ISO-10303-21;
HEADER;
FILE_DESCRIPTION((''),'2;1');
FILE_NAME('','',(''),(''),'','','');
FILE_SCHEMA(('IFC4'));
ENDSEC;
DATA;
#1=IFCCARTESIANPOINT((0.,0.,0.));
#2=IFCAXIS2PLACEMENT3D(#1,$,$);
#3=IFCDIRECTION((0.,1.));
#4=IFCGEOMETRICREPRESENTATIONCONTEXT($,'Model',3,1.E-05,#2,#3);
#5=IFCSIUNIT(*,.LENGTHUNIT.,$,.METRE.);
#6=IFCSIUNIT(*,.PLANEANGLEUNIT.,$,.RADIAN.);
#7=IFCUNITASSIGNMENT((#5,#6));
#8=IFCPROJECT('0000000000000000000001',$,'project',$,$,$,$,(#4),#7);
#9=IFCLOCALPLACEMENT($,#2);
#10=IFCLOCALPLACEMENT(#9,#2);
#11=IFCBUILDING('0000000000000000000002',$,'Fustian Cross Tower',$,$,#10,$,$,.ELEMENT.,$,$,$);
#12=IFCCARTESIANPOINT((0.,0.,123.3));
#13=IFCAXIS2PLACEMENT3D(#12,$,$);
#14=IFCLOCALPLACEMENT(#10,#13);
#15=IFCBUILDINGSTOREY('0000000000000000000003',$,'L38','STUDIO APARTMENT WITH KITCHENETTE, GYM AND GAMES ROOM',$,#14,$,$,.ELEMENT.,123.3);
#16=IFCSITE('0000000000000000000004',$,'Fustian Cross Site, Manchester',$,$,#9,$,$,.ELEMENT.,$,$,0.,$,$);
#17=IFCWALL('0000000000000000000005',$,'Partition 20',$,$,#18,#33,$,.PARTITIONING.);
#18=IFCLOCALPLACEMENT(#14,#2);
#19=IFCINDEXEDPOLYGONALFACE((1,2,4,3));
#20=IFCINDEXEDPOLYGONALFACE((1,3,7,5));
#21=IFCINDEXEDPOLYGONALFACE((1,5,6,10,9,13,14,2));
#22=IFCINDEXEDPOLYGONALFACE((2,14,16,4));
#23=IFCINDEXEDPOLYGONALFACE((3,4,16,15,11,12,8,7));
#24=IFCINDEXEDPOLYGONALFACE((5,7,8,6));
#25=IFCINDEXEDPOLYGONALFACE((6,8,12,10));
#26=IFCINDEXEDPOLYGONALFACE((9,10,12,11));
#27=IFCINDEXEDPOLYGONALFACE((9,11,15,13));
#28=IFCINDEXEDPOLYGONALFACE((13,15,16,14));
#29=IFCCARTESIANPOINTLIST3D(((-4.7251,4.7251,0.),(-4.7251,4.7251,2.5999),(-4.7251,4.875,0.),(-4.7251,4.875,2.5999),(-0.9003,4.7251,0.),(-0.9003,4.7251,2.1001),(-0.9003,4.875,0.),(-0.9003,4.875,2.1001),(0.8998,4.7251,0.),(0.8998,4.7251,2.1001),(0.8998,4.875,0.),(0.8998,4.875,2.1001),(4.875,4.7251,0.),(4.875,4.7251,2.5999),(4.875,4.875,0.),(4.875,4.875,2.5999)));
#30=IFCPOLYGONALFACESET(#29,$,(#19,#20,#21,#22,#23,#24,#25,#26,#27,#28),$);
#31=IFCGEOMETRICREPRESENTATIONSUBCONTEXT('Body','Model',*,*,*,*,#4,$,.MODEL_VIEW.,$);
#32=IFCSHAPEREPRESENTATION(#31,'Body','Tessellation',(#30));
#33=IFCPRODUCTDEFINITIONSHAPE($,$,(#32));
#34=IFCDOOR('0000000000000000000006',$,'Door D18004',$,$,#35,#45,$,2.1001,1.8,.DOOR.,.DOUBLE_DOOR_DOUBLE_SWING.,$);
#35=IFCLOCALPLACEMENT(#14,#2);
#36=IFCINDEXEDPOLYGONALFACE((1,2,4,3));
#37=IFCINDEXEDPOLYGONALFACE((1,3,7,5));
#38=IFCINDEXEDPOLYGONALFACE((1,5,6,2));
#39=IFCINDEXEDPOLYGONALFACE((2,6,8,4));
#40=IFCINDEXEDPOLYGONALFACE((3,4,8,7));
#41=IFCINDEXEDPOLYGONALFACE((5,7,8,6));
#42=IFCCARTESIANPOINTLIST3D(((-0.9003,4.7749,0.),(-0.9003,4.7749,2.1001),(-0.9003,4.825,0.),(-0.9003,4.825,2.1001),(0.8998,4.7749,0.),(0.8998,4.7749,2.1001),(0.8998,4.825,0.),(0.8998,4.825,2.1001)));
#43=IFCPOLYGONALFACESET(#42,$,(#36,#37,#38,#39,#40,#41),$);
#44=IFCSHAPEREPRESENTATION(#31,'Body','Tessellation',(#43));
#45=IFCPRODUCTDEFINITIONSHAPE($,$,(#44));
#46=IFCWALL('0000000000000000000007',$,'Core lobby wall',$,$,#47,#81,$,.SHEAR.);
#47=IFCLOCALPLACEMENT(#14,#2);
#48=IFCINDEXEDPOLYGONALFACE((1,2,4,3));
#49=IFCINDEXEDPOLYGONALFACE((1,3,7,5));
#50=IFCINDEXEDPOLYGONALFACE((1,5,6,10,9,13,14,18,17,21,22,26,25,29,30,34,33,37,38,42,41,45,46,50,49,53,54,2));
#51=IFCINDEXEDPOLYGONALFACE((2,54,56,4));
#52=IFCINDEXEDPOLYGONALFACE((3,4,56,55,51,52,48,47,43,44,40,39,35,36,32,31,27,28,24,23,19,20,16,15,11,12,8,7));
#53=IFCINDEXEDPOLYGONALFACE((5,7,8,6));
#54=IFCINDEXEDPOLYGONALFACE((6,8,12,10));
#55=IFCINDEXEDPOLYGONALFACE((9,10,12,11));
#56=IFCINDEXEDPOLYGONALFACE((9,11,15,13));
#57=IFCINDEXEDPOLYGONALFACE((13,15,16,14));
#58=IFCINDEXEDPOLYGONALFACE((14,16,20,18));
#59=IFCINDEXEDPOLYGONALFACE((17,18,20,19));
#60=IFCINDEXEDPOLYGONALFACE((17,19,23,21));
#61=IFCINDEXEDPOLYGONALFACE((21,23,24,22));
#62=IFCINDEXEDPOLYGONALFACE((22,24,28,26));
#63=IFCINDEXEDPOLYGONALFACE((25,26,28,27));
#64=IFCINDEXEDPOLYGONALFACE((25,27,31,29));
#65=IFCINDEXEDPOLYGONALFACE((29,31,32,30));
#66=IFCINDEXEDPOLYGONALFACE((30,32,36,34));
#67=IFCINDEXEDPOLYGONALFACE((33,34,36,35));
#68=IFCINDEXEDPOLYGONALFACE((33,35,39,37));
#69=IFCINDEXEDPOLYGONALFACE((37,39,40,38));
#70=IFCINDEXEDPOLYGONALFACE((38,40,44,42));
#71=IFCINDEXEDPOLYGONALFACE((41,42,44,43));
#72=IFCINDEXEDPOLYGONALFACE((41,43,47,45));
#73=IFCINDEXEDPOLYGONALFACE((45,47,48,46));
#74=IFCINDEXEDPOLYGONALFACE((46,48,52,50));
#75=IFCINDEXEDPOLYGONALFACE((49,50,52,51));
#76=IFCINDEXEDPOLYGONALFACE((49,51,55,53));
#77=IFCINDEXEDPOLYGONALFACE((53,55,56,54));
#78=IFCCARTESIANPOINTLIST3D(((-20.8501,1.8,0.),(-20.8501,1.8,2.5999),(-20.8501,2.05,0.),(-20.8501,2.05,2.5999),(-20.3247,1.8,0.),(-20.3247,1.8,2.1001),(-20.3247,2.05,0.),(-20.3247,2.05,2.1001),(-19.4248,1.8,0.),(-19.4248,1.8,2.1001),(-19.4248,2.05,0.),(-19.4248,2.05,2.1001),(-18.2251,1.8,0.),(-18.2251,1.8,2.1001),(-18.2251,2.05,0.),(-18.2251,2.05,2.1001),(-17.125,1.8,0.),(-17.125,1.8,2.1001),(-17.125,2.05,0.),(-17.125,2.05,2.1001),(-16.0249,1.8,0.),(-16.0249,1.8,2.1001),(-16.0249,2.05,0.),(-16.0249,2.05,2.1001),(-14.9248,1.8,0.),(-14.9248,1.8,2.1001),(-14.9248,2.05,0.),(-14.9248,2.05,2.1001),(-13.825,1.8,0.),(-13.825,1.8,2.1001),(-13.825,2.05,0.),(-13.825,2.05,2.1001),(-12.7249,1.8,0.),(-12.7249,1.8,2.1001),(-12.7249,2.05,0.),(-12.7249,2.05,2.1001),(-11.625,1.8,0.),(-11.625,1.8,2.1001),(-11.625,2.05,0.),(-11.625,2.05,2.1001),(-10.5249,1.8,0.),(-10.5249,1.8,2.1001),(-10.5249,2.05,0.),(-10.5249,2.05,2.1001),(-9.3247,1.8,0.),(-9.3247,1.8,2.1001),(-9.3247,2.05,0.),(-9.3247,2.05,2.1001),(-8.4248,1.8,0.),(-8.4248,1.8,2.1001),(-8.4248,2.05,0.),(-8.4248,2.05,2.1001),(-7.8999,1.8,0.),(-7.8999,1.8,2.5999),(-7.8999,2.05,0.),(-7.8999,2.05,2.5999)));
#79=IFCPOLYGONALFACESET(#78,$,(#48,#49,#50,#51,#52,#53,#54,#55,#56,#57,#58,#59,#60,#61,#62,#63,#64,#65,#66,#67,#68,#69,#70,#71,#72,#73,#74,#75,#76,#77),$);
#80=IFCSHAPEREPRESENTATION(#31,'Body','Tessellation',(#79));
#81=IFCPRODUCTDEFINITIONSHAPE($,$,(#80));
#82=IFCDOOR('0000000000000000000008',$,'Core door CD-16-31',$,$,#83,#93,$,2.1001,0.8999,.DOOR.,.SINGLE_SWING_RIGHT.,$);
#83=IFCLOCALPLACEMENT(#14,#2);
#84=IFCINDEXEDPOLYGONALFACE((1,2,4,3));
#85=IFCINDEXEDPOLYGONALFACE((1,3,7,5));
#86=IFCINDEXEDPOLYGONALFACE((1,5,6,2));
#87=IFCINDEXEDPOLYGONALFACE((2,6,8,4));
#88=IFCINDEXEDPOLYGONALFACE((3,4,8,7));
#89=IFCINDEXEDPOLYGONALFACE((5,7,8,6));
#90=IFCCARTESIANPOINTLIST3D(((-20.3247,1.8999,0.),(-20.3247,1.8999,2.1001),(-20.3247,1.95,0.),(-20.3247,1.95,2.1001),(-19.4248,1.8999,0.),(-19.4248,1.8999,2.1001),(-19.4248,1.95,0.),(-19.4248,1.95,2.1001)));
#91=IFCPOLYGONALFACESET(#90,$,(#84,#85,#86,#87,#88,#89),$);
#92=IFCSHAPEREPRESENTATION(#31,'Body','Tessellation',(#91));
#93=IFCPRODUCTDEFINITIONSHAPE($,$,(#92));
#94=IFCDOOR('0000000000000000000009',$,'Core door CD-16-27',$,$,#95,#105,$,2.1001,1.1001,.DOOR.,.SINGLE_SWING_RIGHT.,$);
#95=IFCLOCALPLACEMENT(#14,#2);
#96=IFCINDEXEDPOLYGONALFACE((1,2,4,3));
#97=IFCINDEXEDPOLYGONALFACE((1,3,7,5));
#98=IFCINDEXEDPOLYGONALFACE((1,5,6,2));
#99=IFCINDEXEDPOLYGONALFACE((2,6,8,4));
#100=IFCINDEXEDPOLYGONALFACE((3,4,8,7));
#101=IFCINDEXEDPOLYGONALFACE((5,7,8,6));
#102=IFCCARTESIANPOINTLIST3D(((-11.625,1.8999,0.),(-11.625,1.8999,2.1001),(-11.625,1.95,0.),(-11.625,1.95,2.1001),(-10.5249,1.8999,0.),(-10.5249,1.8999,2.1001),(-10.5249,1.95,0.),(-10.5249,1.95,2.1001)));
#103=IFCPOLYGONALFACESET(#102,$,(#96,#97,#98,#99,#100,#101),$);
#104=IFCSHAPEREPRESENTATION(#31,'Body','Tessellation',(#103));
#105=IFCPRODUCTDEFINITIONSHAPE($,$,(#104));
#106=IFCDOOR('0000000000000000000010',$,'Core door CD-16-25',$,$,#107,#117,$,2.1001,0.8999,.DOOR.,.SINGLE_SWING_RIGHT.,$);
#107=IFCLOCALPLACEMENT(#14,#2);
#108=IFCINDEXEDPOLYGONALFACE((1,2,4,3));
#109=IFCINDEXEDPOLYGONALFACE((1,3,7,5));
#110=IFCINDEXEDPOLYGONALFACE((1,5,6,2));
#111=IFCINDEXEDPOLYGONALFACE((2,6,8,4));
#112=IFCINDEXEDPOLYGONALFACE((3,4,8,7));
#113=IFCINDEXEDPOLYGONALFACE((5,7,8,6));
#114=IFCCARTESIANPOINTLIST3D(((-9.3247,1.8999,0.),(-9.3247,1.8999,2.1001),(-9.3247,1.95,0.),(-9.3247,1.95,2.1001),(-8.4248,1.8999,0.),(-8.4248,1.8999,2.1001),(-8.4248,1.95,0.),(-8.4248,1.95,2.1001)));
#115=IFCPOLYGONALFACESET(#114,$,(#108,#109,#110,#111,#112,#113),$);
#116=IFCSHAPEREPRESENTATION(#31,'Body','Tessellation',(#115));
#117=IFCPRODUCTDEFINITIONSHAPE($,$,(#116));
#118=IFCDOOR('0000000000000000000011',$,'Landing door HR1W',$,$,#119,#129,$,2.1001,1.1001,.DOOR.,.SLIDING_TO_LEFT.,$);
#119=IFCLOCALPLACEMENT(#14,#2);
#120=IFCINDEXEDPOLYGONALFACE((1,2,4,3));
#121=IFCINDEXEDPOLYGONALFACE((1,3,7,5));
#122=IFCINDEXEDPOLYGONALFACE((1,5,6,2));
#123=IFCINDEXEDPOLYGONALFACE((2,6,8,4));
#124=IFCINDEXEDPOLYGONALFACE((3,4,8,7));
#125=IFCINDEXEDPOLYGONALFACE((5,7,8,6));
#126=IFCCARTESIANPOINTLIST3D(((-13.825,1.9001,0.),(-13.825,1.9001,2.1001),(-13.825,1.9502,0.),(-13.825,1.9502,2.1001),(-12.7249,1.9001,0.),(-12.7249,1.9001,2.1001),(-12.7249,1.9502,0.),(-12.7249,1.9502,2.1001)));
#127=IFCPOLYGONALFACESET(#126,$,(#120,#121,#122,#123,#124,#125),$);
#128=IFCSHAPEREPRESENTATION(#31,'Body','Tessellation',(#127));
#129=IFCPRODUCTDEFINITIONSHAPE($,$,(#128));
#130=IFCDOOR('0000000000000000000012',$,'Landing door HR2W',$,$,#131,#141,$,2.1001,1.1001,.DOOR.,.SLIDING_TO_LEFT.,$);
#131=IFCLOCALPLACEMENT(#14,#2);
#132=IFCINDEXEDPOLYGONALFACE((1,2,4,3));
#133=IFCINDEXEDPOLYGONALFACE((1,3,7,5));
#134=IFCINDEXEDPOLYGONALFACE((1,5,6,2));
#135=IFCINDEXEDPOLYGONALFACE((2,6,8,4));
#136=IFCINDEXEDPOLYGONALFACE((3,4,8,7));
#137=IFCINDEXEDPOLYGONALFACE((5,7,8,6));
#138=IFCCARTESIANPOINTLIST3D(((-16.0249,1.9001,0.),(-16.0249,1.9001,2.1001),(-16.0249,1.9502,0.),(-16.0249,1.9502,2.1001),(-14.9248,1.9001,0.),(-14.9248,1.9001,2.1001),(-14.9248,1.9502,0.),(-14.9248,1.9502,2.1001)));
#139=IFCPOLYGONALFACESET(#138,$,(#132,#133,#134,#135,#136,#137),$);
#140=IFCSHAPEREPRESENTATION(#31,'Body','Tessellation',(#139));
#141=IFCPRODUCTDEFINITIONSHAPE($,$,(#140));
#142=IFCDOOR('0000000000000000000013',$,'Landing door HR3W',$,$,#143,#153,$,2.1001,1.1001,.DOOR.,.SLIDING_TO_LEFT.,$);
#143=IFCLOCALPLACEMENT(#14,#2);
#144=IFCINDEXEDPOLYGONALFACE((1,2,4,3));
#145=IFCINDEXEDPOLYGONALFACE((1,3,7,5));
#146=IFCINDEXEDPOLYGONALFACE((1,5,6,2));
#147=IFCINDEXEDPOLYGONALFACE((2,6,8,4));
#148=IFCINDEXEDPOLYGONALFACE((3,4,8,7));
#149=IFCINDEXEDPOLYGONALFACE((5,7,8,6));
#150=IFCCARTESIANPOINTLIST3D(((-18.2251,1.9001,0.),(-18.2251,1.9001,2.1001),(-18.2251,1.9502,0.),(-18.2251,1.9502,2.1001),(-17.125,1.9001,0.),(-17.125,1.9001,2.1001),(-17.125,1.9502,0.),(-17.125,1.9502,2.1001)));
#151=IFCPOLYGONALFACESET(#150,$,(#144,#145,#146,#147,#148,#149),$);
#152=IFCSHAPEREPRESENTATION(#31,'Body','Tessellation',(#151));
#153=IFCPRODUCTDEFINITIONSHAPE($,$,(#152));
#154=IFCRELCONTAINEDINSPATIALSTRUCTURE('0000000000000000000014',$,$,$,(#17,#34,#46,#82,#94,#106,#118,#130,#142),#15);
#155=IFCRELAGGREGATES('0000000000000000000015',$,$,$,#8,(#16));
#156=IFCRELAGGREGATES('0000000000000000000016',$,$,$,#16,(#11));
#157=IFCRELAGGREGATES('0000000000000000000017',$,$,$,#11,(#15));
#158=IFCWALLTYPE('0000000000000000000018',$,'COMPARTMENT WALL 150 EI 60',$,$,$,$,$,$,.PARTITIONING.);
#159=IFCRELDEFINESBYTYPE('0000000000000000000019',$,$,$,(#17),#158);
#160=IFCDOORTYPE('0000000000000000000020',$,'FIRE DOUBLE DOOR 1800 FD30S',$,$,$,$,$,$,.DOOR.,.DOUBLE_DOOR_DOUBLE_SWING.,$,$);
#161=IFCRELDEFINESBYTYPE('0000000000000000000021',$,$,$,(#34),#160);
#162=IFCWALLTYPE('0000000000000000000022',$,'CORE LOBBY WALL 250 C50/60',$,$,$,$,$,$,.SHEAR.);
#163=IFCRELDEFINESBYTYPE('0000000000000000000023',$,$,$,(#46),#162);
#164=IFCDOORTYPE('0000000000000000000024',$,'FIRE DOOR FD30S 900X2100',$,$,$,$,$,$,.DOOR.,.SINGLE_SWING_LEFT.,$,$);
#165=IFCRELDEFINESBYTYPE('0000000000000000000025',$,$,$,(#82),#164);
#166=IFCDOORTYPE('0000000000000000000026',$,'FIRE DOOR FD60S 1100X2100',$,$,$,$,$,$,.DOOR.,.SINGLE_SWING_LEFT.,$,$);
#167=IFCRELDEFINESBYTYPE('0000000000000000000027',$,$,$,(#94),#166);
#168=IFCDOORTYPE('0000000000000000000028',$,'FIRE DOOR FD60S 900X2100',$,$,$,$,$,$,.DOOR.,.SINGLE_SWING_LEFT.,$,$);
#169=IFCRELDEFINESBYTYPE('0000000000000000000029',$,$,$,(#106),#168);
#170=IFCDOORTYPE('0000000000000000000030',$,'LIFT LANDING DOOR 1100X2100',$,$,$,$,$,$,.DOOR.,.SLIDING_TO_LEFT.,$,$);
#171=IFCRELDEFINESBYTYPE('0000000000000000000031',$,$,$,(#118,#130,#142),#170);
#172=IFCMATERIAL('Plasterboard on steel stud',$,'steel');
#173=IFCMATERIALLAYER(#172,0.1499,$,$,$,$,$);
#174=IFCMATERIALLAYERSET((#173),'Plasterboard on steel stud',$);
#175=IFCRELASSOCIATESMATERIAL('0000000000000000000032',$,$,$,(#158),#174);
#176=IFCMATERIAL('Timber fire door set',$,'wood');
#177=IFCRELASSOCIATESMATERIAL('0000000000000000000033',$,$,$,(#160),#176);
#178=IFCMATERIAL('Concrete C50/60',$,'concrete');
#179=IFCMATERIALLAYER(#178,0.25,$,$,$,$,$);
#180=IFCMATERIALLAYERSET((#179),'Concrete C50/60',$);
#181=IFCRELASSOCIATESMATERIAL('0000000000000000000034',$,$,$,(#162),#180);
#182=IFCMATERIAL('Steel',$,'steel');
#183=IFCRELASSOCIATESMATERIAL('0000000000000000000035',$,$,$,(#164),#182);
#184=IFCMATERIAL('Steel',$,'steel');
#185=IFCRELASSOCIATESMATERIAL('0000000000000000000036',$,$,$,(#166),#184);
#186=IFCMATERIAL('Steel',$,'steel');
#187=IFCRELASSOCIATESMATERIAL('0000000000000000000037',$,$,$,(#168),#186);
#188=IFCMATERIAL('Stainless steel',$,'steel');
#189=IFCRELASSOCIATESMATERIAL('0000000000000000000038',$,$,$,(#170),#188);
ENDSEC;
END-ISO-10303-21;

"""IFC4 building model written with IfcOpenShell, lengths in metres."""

from ifc_helpers import new_model, si_unit, direction, frame, frame_2d, origin, place, context, subcontext, project, spatial, rectangle, extrude, material, layer, layer_set, type_object, element, fill, save


model = new_model("IFC4")

# Units and contexts
model_context = context("Model", 3, precision=1e-05, world=origin(), true_north=direction((0.0, 1.0)))
body_context = subcontext(model_context, "Body", "Model", "MODEL_VIEW")
ifc_project = project(units=[si_unit("LENGTHUNIT", "METRE"), si_unit("PLANEANGLEUNIT", "RADIAN")], contexts=[model_context])

# Site, building, storey
site_placement = place(None, origin())
site = spatial("IfcSite", under=ifc_project, at=site_placement, Name="Fustian Cross Site, Manchester", CompositionType="ELEMENT", RefElevation=0.0)
building_placement = place(site_placement, origin())
building = spatial("IfcBuilding", under=site, at=building_placement, Name="Fustian Cross Tower", CompositionType="ELEMENT")
storey_placement = place(building_placement, frame((0.0, 0.0, 123.3)))
storey = spatial("IfcBuildingStorey", under=building, at=storey_placement, Name="L38", Description="STUDIO APARTMENT WITH KITCHENETTE, GYM AND GAMES ROOM", CompositionType="ELEMENT", Elevation=123.3)

# Wall, opening, door
ifc_material_1 = material(Name="Plasterboard on steel stud", Category="steel")
ifc_layer_1 = layer(ifc_material_1, 0.1499)
ifc_layer_set_1 = layer_set([ifc_layer_1], Name="Plasterboard on steel stud")
wall_type_1 = type_object("IfcWallType", Name="COMPARTMENT WALL 150 EI 60", PredefinedType="PARTITIONING", material=ifc_layer_set_1)
wall_1_placement = place(storey_placement, frame((-4.7251, 4.8, 0.0), z_axis=(0.0, 0.0, 1.0), x_axis=(1.0, 0.0, 0.0)))
wall_1 = element("IfcWall", 1, at=wall_1_placement, inside=storey, type_object=wall_type_1, Name="Partition 20", PredefinedType="PARTITIONING", context=body_context, shape_type="SweptSolid", body=[
    extrude(rectangle(XDim=9.6001, YDim=0.1499, at=frame_2d((4.8, 0.0))), origin(), (0.0, 0.0, 1.0), 2.5999),
])
opening_1_placement = place(wall_1_placement, frame((3.825, 0.0, 0.0)))
opening_1 = element("IfcOpeningElement", 2, at=opening_1_placement, cuts=wall_1, PredefinedType="OPENING", context=body_context, shape_type="SweptSolid", body=[
    extrude(rectangle(XDim=1.8, YDim=2.1001, at=frame_2d((0.8999, 1.05))), frame((0.0, 0.085, 0.0), z_axis=(0.0, -1.0, 0.0), x_axis=(1.0, 0.0, 0.0)), (0.0, 0.0, 1.0), 0.1699),
])
ifc_material_2 = material(Name="Timber fire door set", Category="wood")
door_type_1 = type_object("IfcDoorType", Name="FIRE DOUBLE DOOR 1800 FD30S", OperationType="DOUBLE_DOOR_DOUBLE_SWING", PredefinedType="DOOR", material=ifc_material_2)
door_1_placement = place(opening_1_placement, origin())
door_1 = element("IfcDoor", 3, at=door_1_placement, inside=storey, type_object=door_type_1, Name="Door D18004", OperationType="DOUBLE_DOOR_DOUBLE_SWING", OverallHeight=2.1001, OverallWidth=1.8, PredefinedType="DOOR", context=body_context, shape_type="SweptSolid", body=[
    extrude(rectangle(XDim=1.8, YDim=2.1001, at=frame_2d((0.8999, 1.05))), frame((0.0, 0.0249, 0.0), z_axis=(0.0, -1.0, 0.0), x_axis=(1.0, 0.0, 0.0)), (0.0, 0.0, 1.0), 0.05),
])
fill(opening_1, door_1)

# Wall, openings, doors
ifc_material_3 = material(Name="Concrete C50/60", Category="concrete")
ifc_layer_2 = layer(ifc_material_3, 0.25)
ifc_layer_set_2 = layer_set([ifc_layer_2], Name="Concrete C50/60")
wall_type_2 = type_object("IfcWallType", Name="CORE LOBBY WALL 250 C50/60", PredefinedType="SHEAR", material=ifc_layer_set_2)
wall_2_placement = place(storey_placement, frame((-7.8999, 1.925, 0.0), z_axis=(0.0, 0.0, 1.0), x_axis=(-1.0, 0.0, 0.0)))
wall_2 = element("IfcWall", 4, at=wall_2_placement, inside=storey, type_object=wall_type_2, Name="Core lobby wall", PredefinedType="SHEAR", context=body_context, shape_type="SweptSolid", body=[
    extrude(rectangle(XDim=12.9502, YDim=0.25, at=frame_2d((6.4751, 0.0))), origin(), (0.0, 0.0, 1.0), 2.5999),
])
opening_2_placement = place(wall_2_placement, frame((4.825, 0.0, 0.0)))
opening_2 = element("IfcOpeningElement", 5, at=opening_2_placement, cuts=wall_2, PredefinedType="OPENING", context=body_context, shape_type="SweptSolid", body=[
    extrude(rectangle(XDim=1.1001, YDim=2.1001, at=frame_2d((0.55, 1.05))), frame((0.0, 0.135, 0.0), z_axis=(0.0, -1.0, 0.0), x_axis=(1.0, 0.0, 0.0)), (0.0, 0.0, 1.0), 0.27),
])
opening_3_placement = place(wall_2_placement, frame((7.0249, 0.0, 0.0)))
opening_3 = element("IfcOpeningElement", 6, at=opening_3_placement, cuts=wall_2, PredefinedType="OPENING", context=body_context, shape_type="SweptSolid", body=[
    extrude(rectangle(XDim=1.1001, YDim=2.1001, at=frame_2d((0.55, 1.05))), frame((0.0, 0.135, 0.0), z_axis=(0.0, -1.0, 0.0), x_axis=(1.0, 0.0, 0.0)), (0.0, 0.0, 1.0), 0.27),
])
opening_4_placement = place(wall_2_placement, frame((9.2251, 0.0, 0.0)))
opening_4 = element("IfcOpeningElement", 7, at=opening_4_placement, cuts=wall_2, PredefinedType="OPENING", context=body_context, shape_type="SweptSolid", body=[
    extrude(rectangle(XDim=1.1001, YDim=2.1001, at=frame_2d((0.55, 1.05))), frame((0.0, 0.135, 0.0), z_axis=(0.0, -1.0, 0.0), x_axis=(1.0, 0.0, 0.0)), (0.0, 0.0, 1.0), 0.27),
])
opening_5_placement = place(wall_2_placement, frame((0.5249, 0.0, 0.0)))
opening_5 = element("IfcOpeningElement", 8, at=opening_5_placement, cuts=wall_2, PredefinedType="OPENING", context=body_context, shape_type="SweptSolid", body=[
    extrude(rectangle(XDim=0.8999, YDim=2.1001, at=frame_2d((0.45, 1.05))), frame((0.0, 0.135, 0.0), z_axis=(0.0, -1.0, 0.0), x_axis=(1.0, 0.0, 0.0)), (0.0, 0.0, 1.0), 0.27),
])
opening_6_placement = place(wall_2_placement, frame((2.625, 0.0, 0.0)))
opening_6 = element("IfcOpeningElement", 9, at=opening_6_placement, cuts=wall_2, PredefinedType="OPENING", context=body_context, shape_type="SweptSolid", body=[
    extrude(rectangle(XDim=1.1001, YDim=2.1001, at=frame_2d((0.55, 1.05))), frame((0.0, 0.135, 0.0), z_axis=(0.0, -1.0, 0.0), x_axis=(1.0, 0.0, 0.0)), (0.0, 0.0, 1.0), 0.27),
])
opening_7_placement = place(wall_2_placement, frame((11.5249, 0.0, 0.0)))
opening_7 = element("IfcOpeningElement", 10, at=opening_7_placement, cuts=wall_2, PredefinedType="OPENING", context=body_context, shape_type="SweptSolid", body=[
    extrude(rectangle(XDim=0.8999, YDim=2.1001, at=frame_2d((0.45, 1.05))), frame((0.0, 0.135, 0.0), z_axis=(0.0, -1.0, 0.0), x_axis=(1.0, 0.0, 0.0)), (0.0, 0.0, 1.0), 0.27),
])
ifc_material_4 = material(Name="Steel", Category="steel")
door_type_2 = type_object("IfcDoorType", Name="FIRE DOOR FD30S 900X2100", OperationType="SINGLE_SWING_LEFT", PredefinedType="DOOR", material=ifc_material_4)
door_2_placement = place(opening_7_placement, frame((0.8999, 0.0, 0.0), z_axis=(0.0, 0.0, 1.0), x_axis=(-1.0, 0.0, 0.0)))
door_2 = element("IfcDoor", 11, at=door_2_placement, inside=storey, type_object=door_type_2, Name="Core door CD-16-31", OperationType="SINGLE_SWING_RIGHT", OverallHeight=2.1001, OverallWidth=0.8999, PredefinedType="DOOR", context=body_context, shape_type="SweptSolid", body=[
    extrude(rectangle(XDim=0.8999, YDim=2.1001, at=frame_2d((0.45, 1.05))), frame((0.0, 0.0249, 0.0), z_axis=(0.0, -1.0, 0.0), x_axis=(1.0, 0.0, 0.0)), (0.0, 0.0, 1.0), 0.05),
])
fill(opening_7, door_2)
ifc_material_5 = material(Name="Steel", Category="steel")
door_type_3 = type_object("IfcDoorType", Name="FIRE DOOR FD60S 1100X2100", OperationType="SINGLE_SWING_LEFT", PredefinedType="DOOR", material=ifc_material_5)
door_3_placement = place(opening_6_placement, frame((1.1001, 0.0, 0.0), z_axis=(0.0, 0.0, 1.0), x_axis=(-1.0, 0.0, 0.0)))
door_3 = element("IfcDoor", 12, at=door_3_placement, inside=storey, type_object=door_type_3, Name="Core door CD-16-27", OperationType="SINGLE_SWING_RIGHT", OverallHeight=2.1001, OverallWidth=1.1001, PredefinedType="DOOR", context=body_context, shape_type="SweptSolid", body=[
    extrude(rectangle(XDim=1.1001, YDim=2.1001, at=frame_2d((0.55, 1.05))), frame((0.0, 0.0249, 0.0), z_axis=(0.0, -1.0, 0.0), x_axis=(1.0, 0.0, 0.0)), (0.0, 0.0, 1.0), 0.05),
])
fill(opening_6, door_3)
ifc_material_6 = material(Name="Steel", Category="steel")
door_type_4 = type_object("IfcDoorType", Name="FIRE DOOR FD60S 900X2100", OperationType="SINGLE_SWING_LEFT", PredefinedType="DOOR", material=ifc_material_6)
door_4_placement = place(opening_5_placement, frame((0.8999, 0.0, 0.0), z_axis=(0.0, 0.0, 1.0), x_axis=(-1.0, 0.0, 0.0)))
door_4 = element("IfcDoor", 13, at=door_4_placement, inside=storey, type_object=door_type_4, Name="Core door CD-16-25", OperationType="SINGLE_SWING_RIGHT", OverallHeight=2.1001, OverallWidth=0.8999, PredefinedType="DOOR", context=body_context, shape_type="SweptSolid", body=[
    extrude(rectangle(XDim=0.8999, YDim=2.1001, at=frame_2d((0.45, 1.05))), frame((0.0, 0.0249, 0.0), z_axis=(0.0, -1.0, 0.0), x_axis=(1.0, 0.0, 0.0)), (0.0, 0.0, 1.0), 0.05),
])
fill(opening_5, door_4)
ifc_material_7 = material(Name="Stainless steel", Category="steel")
door_type_5 = type_object("IfcDoorType", Name="LIFT LANDING DOOR 1100X2100", OperationType="SLIDING_TO_LEFT", PredefinedType="DOOR", material=ifc_material_7)
door_5_placement = place(opening_2_placement, origin())
door_5 = element("IfcDoor", 14, at=door_5_placement, inside=storey, type_object=door_type_5, Name="Landing door HR1W", OperationType="SLIDING_TO_LEFT", OverallHeight=2.1001, OverallWidth=1.1001, PredefinedType="DOOR", context=body_context, shape_type="SweptSolid", body=[
    extrude(rectangle(XDim=1.1001, YDim=2.1001, at=frame_2d((0.55, 1.05))), frame((0.0, 0.0249, 0.0), z_axis=(0.0, -1.0, 0.0), x_axis=(1.0, 0.0, 0.0)), (0.0, 0.0, 1.0), 0.05),
])
fill(opening_2, door_5)
door_6_placement = place(opening_3_placement, origin())
door_6 = element("IfcDoor", 15, at=door_6_placement, inside=storey, type_object=door_type_5, Name="Landing door HR2W", OperationType="SLIDING_TO_LEFT", OverallHeight=2.1001, OverallWidth=1.1001, PredefinedType="DOOR", context=body_context, shape_type="SweptSolid", body=[
    extrude(rectangle(XDim=1.1001, YDim=2.1001, at=frame_2d((0.55, 1.05))), frame((0.0, 0.0249, 0.0), z_axis=(0.0, -1.0, 0.0), x_axis=(1.0, 0.0, 0.0)), (0.0, 0.0, 1.0), 0.05),
])
fill(opening_3, door_6)
door_7_placement = place(opening_4_placement, origin())
door_7 = element("IfcDoor", 16, at=door_7_placement, inside=storey, type_object=door_type_5, Name="Landing door HR3W", OperationType="SLIDING_TO_LEFT", OverallHeight=2.1001, OverallWidth=1.1001, PredefinedType="DOOR", context=body_context, shape_type="SweptSolid", body=[
    extrude(rectangle(XDim=1.1001, YDim=2.1001, at=frame_2d((0.55, 1.05))), frame((0.0, 0.0249, 0.0), z_axis=(0.0, -1.0, 0.0), x_axis=(1.0, 0.0, 0.0)), (0.0, 0.0, 1.0), 0.05),
])
fill(opening_4, door_7)

save(model, "model.ifc")
